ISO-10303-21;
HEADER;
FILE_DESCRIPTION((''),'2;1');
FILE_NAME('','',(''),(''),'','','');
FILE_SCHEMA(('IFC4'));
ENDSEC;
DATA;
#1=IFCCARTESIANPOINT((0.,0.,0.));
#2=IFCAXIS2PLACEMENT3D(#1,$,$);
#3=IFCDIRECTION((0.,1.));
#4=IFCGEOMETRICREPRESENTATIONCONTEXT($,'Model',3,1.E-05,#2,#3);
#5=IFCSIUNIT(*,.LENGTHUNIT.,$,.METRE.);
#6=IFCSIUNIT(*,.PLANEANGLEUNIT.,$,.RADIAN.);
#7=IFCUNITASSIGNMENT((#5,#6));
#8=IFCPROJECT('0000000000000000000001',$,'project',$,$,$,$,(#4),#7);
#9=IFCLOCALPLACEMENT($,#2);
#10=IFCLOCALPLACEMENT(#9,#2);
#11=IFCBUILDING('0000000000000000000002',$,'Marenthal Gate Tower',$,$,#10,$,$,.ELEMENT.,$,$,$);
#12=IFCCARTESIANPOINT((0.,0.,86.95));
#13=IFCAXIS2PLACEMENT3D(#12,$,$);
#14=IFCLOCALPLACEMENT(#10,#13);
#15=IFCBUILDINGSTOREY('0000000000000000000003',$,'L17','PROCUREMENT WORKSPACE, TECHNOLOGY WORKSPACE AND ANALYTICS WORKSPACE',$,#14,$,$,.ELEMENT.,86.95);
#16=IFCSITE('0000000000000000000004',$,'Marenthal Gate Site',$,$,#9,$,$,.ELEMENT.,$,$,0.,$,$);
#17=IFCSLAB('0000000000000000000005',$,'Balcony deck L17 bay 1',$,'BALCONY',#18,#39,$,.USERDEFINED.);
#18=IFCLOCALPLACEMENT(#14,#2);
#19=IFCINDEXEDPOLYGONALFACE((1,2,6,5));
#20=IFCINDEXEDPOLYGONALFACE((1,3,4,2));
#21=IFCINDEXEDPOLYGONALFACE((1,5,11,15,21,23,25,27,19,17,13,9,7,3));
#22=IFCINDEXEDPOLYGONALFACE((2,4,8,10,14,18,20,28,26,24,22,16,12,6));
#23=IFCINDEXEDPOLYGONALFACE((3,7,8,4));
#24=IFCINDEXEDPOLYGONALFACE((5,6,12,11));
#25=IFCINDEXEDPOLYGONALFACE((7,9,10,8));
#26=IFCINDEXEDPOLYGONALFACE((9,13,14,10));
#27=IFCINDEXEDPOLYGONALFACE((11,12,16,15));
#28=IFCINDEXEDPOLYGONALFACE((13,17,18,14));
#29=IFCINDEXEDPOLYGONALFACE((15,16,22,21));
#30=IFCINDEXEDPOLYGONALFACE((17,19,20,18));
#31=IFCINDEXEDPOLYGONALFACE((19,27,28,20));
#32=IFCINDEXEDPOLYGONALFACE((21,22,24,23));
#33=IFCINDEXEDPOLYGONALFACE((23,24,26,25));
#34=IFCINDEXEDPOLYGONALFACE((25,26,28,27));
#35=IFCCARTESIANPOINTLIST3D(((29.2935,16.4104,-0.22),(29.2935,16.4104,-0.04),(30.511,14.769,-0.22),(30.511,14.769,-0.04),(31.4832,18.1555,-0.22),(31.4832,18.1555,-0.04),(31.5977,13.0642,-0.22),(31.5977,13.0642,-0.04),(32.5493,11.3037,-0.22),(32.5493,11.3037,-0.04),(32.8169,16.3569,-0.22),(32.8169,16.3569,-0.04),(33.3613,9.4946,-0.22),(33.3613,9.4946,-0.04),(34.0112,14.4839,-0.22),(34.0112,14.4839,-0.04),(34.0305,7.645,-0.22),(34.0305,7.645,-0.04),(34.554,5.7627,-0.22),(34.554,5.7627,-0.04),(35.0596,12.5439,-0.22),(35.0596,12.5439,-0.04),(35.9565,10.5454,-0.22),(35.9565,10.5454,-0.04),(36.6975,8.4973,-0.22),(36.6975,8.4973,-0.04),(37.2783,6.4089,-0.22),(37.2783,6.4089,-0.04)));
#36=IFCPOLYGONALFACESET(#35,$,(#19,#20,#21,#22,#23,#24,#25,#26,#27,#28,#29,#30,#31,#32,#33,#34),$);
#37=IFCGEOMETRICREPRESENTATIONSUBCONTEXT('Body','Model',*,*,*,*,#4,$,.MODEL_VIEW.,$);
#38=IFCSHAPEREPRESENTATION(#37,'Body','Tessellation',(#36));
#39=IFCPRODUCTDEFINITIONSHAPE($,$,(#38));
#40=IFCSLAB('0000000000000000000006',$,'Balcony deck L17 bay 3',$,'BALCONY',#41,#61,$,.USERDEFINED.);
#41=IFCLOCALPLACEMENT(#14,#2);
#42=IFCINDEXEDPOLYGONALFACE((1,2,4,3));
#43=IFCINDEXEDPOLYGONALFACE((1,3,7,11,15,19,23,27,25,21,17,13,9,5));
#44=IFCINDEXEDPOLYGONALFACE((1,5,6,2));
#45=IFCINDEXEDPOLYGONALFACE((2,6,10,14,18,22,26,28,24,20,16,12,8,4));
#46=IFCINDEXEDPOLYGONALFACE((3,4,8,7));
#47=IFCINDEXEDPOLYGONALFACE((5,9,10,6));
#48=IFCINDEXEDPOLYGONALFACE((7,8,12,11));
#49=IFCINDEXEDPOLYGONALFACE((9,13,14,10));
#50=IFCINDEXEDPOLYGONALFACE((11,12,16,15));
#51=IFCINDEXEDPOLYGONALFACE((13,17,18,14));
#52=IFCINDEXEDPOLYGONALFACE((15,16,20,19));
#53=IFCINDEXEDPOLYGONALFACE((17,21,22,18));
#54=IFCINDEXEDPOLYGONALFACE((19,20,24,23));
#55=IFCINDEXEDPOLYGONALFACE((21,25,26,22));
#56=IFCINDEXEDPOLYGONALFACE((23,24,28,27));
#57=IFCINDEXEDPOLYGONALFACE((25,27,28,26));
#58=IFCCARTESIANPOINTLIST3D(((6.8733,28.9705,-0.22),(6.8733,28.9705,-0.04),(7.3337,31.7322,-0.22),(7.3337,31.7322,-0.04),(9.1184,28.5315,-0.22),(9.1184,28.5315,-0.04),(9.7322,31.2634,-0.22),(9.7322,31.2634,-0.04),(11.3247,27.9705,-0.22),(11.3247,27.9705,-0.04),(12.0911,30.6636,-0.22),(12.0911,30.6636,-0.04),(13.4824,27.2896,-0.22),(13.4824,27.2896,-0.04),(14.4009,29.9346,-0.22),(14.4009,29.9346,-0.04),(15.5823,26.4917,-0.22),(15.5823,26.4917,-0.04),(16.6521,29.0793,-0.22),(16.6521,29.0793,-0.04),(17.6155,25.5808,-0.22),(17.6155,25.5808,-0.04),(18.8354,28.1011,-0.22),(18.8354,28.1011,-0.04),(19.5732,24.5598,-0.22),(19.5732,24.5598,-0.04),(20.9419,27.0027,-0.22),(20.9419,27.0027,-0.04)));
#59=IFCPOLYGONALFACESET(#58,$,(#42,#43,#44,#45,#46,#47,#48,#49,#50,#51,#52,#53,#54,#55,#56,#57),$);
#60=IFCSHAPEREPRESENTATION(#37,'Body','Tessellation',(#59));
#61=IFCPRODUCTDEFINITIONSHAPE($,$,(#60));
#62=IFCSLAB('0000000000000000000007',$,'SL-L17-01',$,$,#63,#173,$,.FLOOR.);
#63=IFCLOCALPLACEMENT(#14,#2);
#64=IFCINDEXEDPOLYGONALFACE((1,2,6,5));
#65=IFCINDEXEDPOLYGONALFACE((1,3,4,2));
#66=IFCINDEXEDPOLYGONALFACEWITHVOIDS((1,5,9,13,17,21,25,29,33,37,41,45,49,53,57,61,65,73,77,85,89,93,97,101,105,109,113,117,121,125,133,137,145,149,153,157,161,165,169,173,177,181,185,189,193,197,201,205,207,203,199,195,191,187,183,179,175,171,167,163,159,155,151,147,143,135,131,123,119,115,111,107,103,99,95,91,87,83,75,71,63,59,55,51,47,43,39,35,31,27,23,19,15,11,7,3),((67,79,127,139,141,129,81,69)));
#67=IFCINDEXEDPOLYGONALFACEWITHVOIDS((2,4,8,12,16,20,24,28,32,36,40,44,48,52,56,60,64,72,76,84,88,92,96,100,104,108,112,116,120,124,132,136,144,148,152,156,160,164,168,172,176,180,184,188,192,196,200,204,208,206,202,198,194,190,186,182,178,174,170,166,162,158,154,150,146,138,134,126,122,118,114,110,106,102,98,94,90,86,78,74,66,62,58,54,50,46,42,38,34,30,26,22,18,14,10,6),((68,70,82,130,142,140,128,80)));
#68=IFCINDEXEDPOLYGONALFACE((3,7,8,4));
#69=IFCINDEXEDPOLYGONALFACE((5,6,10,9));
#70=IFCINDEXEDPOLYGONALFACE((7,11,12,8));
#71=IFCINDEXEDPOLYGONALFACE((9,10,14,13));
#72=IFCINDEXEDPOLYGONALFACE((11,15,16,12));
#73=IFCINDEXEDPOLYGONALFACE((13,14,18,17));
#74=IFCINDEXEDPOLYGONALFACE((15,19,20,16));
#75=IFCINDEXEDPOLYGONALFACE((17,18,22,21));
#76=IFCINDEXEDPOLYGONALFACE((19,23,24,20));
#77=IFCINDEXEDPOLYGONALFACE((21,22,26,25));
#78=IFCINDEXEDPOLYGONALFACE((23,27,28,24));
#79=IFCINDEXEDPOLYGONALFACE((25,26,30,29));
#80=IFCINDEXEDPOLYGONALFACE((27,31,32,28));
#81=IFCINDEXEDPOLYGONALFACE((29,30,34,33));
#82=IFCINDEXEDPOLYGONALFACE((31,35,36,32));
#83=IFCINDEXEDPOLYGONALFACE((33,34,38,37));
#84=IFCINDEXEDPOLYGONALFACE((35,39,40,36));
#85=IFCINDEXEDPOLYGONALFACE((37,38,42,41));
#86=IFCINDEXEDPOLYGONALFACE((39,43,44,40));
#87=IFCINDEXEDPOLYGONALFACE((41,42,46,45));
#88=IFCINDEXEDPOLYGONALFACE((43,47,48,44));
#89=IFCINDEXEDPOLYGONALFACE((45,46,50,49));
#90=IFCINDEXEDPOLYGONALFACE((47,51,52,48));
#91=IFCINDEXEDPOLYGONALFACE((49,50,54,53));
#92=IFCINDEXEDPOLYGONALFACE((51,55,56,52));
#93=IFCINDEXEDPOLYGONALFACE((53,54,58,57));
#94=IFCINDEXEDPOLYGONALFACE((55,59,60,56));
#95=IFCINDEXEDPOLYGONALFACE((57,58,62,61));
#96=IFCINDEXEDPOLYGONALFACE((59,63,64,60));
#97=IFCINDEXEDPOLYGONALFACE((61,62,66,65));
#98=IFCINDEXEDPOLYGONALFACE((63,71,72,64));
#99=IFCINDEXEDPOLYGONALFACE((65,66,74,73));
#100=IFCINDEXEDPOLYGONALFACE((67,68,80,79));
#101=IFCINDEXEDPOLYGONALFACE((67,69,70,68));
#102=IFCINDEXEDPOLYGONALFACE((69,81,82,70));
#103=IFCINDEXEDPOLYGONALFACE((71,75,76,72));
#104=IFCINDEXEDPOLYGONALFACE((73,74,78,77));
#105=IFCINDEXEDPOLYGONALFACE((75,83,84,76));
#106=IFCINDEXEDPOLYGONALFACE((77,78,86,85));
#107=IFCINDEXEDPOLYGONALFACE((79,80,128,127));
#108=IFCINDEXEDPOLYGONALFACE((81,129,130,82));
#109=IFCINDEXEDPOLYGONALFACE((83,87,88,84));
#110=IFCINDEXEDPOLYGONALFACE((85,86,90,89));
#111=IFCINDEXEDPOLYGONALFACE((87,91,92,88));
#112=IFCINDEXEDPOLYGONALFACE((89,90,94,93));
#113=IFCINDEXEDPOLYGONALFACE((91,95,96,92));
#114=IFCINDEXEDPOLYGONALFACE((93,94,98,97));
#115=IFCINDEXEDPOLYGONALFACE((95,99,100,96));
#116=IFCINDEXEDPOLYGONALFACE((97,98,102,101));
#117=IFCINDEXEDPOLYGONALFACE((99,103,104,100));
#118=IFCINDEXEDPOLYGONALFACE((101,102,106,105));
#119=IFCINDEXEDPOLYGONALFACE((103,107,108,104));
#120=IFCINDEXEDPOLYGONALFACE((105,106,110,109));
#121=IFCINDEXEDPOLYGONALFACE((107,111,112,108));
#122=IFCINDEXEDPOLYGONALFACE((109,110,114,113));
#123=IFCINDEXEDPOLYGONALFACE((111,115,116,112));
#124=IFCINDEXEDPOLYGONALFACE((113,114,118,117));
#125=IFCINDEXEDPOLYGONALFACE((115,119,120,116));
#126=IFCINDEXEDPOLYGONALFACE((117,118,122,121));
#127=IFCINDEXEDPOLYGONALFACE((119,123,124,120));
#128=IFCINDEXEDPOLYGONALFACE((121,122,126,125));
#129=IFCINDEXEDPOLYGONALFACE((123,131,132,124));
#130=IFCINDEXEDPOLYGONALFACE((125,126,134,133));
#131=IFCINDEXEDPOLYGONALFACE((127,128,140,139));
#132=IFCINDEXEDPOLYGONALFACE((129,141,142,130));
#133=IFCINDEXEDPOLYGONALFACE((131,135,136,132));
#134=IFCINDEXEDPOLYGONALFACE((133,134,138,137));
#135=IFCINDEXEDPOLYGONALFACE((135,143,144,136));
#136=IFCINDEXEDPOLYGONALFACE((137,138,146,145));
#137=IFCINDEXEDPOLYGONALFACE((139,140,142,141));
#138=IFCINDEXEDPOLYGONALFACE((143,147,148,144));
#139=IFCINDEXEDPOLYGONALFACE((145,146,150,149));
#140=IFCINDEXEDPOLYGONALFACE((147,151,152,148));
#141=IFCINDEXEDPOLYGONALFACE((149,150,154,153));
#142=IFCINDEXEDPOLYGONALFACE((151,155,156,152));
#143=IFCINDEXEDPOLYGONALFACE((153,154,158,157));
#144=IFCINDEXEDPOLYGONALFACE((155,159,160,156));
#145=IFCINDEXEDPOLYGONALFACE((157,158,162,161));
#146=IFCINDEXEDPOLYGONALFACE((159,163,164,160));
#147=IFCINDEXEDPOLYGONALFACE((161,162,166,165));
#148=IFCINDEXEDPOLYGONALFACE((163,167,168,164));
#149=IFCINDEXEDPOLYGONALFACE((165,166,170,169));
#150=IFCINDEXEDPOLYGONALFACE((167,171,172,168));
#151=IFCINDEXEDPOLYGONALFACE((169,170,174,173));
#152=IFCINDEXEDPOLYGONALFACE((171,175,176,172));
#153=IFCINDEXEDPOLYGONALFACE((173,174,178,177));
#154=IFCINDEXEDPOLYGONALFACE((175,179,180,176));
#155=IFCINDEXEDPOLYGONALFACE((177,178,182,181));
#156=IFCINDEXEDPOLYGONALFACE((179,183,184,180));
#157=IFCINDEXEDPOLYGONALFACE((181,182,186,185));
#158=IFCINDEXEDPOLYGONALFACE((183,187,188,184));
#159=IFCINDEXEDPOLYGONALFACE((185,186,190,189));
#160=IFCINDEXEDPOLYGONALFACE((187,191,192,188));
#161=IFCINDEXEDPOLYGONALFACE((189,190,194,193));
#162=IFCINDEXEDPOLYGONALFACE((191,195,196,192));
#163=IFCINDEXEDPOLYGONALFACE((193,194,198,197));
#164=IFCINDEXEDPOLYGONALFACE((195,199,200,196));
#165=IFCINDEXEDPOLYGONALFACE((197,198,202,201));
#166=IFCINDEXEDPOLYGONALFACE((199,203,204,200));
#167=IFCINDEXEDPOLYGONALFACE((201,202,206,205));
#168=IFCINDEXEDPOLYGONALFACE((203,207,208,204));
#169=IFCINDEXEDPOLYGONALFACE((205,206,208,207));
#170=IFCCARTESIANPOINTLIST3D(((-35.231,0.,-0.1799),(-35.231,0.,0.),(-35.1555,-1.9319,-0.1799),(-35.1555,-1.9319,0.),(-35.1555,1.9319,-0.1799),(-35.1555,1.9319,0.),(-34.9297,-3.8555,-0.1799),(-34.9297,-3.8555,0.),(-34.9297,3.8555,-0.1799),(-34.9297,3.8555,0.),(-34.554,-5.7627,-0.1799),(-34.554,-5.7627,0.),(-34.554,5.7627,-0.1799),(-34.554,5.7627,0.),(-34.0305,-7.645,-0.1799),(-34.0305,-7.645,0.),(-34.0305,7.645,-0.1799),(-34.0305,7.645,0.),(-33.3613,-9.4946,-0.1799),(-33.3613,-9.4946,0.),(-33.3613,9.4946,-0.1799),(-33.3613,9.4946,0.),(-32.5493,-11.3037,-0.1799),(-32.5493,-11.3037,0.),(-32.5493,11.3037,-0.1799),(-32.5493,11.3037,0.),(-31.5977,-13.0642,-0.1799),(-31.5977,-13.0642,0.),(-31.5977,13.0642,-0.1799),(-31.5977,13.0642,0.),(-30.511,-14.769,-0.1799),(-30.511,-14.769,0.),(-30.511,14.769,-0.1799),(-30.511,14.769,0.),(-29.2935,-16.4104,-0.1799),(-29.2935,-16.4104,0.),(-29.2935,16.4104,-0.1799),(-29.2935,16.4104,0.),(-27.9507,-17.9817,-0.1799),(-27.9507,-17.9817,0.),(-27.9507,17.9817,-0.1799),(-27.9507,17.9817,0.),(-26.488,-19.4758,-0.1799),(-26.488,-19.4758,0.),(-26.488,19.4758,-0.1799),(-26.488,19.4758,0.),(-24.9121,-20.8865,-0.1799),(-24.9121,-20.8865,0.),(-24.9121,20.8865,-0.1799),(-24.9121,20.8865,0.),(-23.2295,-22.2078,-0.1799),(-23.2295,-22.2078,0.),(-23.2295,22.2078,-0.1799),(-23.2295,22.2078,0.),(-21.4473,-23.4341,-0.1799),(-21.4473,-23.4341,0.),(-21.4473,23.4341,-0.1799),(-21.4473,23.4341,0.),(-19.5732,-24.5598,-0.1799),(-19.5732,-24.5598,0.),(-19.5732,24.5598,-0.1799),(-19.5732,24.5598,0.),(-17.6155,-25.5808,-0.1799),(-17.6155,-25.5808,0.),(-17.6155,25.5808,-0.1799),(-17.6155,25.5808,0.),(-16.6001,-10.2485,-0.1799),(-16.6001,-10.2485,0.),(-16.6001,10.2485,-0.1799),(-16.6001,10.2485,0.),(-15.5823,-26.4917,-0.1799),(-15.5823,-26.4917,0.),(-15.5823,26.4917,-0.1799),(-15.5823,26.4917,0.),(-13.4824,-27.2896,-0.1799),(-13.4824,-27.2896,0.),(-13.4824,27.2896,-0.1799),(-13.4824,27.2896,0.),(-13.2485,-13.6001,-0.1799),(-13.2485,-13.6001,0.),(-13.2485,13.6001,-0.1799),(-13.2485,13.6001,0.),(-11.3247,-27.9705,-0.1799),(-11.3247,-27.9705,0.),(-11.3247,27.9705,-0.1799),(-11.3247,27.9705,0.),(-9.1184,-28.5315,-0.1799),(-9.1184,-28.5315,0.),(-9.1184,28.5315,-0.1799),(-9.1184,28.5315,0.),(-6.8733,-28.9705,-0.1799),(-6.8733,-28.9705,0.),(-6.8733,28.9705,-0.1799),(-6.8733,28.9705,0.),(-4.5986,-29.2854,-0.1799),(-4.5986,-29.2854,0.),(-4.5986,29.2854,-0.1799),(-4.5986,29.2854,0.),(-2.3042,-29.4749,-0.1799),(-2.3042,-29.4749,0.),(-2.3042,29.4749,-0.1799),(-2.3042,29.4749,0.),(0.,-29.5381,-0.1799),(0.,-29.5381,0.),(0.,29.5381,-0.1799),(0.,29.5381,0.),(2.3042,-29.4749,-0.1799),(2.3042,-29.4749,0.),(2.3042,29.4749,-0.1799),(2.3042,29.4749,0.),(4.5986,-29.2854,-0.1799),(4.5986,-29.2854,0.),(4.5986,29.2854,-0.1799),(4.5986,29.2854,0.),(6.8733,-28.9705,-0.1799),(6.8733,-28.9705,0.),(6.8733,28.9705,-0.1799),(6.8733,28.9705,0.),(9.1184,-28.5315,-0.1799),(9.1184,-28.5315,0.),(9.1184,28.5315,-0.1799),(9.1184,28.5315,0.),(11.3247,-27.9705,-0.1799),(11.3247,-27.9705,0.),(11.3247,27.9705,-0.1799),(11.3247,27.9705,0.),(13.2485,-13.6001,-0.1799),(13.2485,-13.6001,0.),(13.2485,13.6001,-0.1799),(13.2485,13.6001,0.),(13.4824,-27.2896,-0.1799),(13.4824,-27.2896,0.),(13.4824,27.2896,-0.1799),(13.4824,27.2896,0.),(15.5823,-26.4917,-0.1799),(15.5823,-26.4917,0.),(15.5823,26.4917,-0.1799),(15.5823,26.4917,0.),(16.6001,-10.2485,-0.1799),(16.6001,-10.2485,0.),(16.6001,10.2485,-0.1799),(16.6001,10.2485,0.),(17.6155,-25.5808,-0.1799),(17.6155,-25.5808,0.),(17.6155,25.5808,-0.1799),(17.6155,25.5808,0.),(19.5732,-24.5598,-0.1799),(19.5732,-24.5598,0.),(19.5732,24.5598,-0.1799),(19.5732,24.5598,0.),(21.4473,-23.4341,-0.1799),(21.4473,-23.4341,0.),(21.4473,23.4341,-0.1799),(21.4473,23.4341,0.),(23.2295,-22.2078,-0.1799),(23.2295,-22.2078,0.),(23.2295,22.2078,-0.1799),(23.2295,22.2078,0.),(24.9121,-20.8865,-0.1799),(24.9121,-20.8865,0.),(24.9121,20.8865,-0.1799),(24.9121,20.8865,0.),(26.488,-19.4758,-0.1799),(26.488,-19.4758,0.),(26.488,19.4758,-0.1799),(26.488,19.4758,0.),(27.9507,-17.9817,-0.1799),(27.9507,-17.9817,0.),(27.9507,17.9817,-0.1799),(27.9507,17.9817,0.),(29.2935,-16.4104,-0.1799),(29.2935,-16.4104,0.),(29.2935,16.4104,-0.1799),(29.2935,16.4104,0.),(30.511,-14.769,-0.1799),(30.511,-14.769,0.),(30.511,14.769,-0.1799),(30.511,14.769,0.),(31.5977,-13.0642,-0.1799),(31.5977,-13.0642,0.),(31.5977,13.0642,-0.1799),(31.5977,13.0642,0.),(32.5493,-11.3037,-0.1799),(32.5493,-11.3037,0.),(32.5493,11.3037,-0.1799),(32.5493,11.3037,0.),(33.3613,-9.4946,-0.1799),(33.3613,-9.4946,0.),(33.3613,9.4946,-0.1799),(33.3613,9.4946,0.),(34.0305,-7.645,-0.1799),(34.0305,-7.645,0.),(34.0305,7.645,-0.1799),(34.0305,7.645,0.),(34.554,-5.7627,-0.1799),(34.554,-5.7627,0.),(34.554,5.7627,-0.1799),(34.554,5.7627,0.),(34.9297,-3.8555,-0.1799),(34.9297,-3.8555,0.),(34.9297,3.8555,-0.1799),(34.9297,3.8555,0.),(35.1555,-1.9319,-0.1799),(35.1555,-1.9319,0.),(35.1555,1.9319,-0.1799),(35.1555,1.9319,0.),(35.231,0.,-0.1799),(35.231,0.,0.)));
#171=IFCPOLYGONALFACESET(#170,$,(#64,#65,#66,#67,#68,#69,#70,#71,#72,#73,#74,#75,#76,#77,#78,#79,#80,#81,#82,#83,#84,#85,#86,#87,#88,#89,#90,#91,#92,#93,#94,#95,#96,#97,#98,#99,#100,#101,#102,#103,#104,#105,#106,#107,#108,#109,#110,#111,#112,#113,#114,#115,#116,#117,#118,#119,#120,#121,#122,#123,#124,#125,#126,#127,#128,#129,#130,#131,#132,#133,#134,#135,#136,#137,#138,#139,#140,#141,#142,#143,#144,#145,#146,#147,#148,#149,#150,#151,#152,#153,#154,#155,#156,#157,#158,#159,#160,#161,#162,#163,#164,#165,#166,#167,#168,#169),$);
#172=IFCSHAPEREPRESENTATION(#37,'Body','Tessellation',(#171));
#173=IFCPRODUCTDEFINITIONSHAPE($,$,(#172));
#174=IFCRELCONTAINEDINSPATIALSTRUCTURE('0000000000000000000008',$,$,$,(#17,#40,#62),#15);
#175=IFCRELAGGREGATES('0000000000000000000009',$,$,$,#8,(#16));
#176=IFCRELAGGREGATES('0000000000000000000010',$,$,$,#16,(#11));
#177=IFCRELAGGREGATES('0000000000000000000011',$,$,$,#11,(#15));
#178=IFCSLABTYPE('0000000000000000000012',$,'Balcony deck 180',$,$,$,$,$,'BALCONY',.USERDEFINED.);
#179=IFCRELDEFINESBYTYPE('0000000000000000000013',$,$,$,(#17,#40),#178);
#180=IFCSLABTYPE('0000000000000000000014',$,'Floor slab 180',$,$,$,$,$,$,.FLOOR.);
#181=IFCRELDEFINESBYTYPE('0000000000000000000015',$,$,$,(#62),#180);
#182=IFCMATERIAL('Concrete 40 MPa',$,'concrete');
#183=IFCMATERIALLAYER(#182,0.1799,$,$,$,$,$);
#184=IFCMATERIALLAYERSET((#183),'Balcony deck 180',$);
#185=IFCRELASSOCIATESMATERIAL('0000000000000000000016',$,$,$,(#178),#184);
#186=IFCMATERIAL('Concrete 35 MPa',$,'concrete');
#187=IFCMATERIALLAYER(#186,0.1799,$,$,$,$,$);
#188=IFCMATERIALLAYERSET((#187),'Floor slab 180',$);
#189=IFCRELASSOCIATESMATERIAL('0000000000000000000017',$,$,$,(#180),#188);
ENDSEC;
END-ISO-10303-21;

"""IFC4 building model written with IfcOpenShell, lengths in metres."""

from ifc_helpers import new_model, si_unit, direction, frame, origin, place, context, subcontext, project, spatial, polyline, outline, extrude, material, layer, layer_set, type_object, element, save


model = new_model("IFC4")

# Units and contexts
model_context = context("Model", 3, precision=1e-05, world=origin(), true_north=direction((0.0, 1.0)))
body_context = subcontext(model_context, "Body", "Model", "MODEL_VIEW")
ifc_project = project(units=[si_unit("LENGTHUNIT", "METRE"), si_unit("PLANEANGLEUNIT", "RADIAN")], contexts=[model_context])

# Site, building, storey
site_placement = place(None, origin())
site = spatial("IfcSite", under=ifc_project, at=site_placement, Name="Marenthal Gate Site", CompositionType="ELEMENT", RefElevation=0.0)
building_placement = place(site_placement, origin())
building = spatial("IfcBuilding", under=site, at=building_placement, Name="Marenthal Gate Tower", CompositionType="ELEMENT")
storey_placement = place(building_placement, frame((0.0, 0.0, 86.95)))
storey = spatial("IfcBuildingStorey", under=building, at=storey_placement, Name="L17", Description="PROCUREMENT WORKSPACE, TECHNOLOGY WORKSPACE AND ANALYTICS WORKSPACE", CompositionType="ELEMENT", Elevation=86.95)

# Slabs
ifc_material_1 = material(Name="Concrete 40 MPa", Category="concrete")
ifc_layer_1 = layer(ifc_material_1, 0.1799)
ifc_layer_set_1 = layer_set([ifc_layer_1], Name="Balcony deck 180")
slab_type_1 = type_object("IfcSlabType", Name="Balcony deck 180", ElementType="BALCONY", PredefinedType="USERDEFINED", material=ifc_layer_set_1)
slab_1_placement = place(storey_placement, frame((0.0, 0.0, -0.22)))
element("IfcSlab", 1, at=slab_1_placement, inside=storey, type_object=slab_type_1, Name="Balcony deck L17 bay 1", ObjectType="BALCONY", PredefinedType="USERDEFINED", context=body_context, shape_type="SweptSolid", body=[
    extrude(outline(polyline([(34.554, 5.7627), (34.0305, 7.645), (33.3613, 9.4946), (32.5493, 11.3037), (31.5977, 13.0642), (30.511, 14.769), (29.2935, 16.4104), (31.4832, 18.1555), (32.8169, 16.3569), (34.0112, 14.4839), (35.0596, 12.5439), (35.9565, 10.5454), (36.6975, 8.4973), (37.2783, 6.4089), (34.554, 5.7627)])), origin(), (0.0, 0.0, 1.0), 0.1799),
])
slab_2_placement = place(storey_placement, frame((0.0, 0.0, -0.22)))
element("IfcSlab", 2, at=slab_2_placement, inside=storey, type_object=slab_type_1, Name="Balcony deck L17 bay 3", ObjectType="BALCONY", PredefinedType="USERDEFINED", context=body_context, shape_type="SweptSolid", body=[
    extrude(outline(polyline([(19.5732, 24.5598), (17.6155, 25.5808), (15.5823, 26.4917), (13.4824, 27.2896), (11.3247, 27.9705), (9.1184, 28.5315), (6.8733, 28.9705), (7.3337, 31.7322), (9.7322, 31.2634), (12.0911, 30.6636), (14.4009, 29.9346), (16.6521, 29.0793), (18.8354, 28.1011), (20.9419, 27.0027), (19.5732, 24.5598)])), origin(), (0.0, 0.0, 1.0), 0.1799),
])
ifc_material_2 = material(Name="Concrete 35 MPa", Category="concrete")
ifc_layer_2 = layer(ifc_material_2, 0.1799)
ifc_layer_set_2 = layer_set([ifc_layer_2], Name="Floor slab 180")
slab_type_2 = type_object("IfcSlabType", Name="Floor slab 180", PredefinedType="FLOOR", material=ifc_layer_set_2)
slab_3_placement = place(storey_placement, frame((0.0, 0.0, -0.1799)))
element("IfcSlab", 3, at=slab_3_placement, inside=storey, type_object=slab_type_2, Name="SL-L17-01", PredefinedType="FLOOR", context=body_context, shape_type="SweptSolid", body=[
    extrude(outline(polyline([(35.231, 0.0), (35.1555, 1.9319), (34.9297, 3.8555), (34.554, 5.7627), (34.0305, 7.645), (33.3613, 9.4946), (32.5493, 11.3037), (31.5977, 13.0642), (30.511, 14.769), (29.2935, 16.4104), (27.9507, 17.9817), (26.488, 19.4758), (24.9121, 20.8865), (23.2295, 22.2078), (21.4473, 23.4341), (19.5732, 24.5598), (17.6155, 25.5808), (15.5823, 26.4917), (13.4824, 27.2896), (11.3247, 27.9705), (9.1184, 28.5315), (6.8733, 28.9705), (4.5986, 29.2854), (2.3042, 29.4749), (0.0, 29.5381), (-2.3042, 29.4749), (-4.5986, 29.2854), (-6.8733, 28.9705), (-9.1184, 28.5315), (-11.3247, 27.9705), (-13.4824, 27.2896), (-15.5823, 26.4917), (-17.6155, 25.5808), (-19.5732, 24.5598), (-21.4473, 23.4341), (-23.2295, 22.2078), (-24.9121, 20.8865), (-26.488, 19.4758), (-27.9507, 17.9817), (-29.2935, 16.4104), (-30.511, 14.769), (-31.5977, 13.0642), (-32.5493, 11.3037), (-33.3613, 9.4946), (-34.0305, 7.645), (-34.554, 5.7627), (-34.9297, 3.8555), (-35.1555, 1.9319), (-35.231, 0.0), (-35.1555, -1.9319), (-34.9297, -3.8555), (-34.554, -5.7627), (-34.0305, -7.645), (-33.3613, -9.4946), (-32.5493, -11.3037), (-31.5977, -13.0642), (-30.511, -14.769), (-29.2935, -16.4104), (-27.9507, -17.9817), (-26.488, -19.4758), (-24.9121, -20.8865), (-23.2295, -22.2078), (-21.4473, -23.4341), (-19.5732, -24.5598), (-17.6155, -25.5808), (-15.5823, -26.4917), (-13.4824, -27.2896), (-11.3247, -27.9705), (-9.1184, -28.5315), (-6.8733, -28.9705), (-4.5986, -29.2854), (-2.3042, -29.4749), (0.0, -29.5381), (2.3042, -29.4749), (4.5986, -29.2854), (6.8733, -28.9705), (9.1184, -28.5315), (11.3247, -27.9705), (13.4824, -27.2896), (15.5823, -26.4917), (17.6155, -25.5808), (19.5732, -24.5598), (21.4473, -23.4341), (23.2295, -22.2078), (24.9121, -20.8865), (26.488, -19.4758), (27.9507, -17.9817), (29.2935, -16.4104), (30.511, -14.769), (31.5977, -13.0642), (32.5493, -11.3037), (33.3613, -9.4946), (34.0305, -7.645), (34.554, -5.7627), (34.9297, -3.8555), (35.1555, -1.9319), (35.231, 0.0)]), holes=[polyline([(13.2485, -13.6001), (16.6001, -10.2485), (16.6001, 10.2485), (13.2485, 13.6001), (-13.2485, 13.6001), (-16.6001, 10.2485), (-16.6001, -10.2485), (-13.2485, -13.6001), (13.2485, -13.6001)])]), origin(), (0.0, 0.0, 1.0), 0.1799),
])

save(model, "model.ifc")
